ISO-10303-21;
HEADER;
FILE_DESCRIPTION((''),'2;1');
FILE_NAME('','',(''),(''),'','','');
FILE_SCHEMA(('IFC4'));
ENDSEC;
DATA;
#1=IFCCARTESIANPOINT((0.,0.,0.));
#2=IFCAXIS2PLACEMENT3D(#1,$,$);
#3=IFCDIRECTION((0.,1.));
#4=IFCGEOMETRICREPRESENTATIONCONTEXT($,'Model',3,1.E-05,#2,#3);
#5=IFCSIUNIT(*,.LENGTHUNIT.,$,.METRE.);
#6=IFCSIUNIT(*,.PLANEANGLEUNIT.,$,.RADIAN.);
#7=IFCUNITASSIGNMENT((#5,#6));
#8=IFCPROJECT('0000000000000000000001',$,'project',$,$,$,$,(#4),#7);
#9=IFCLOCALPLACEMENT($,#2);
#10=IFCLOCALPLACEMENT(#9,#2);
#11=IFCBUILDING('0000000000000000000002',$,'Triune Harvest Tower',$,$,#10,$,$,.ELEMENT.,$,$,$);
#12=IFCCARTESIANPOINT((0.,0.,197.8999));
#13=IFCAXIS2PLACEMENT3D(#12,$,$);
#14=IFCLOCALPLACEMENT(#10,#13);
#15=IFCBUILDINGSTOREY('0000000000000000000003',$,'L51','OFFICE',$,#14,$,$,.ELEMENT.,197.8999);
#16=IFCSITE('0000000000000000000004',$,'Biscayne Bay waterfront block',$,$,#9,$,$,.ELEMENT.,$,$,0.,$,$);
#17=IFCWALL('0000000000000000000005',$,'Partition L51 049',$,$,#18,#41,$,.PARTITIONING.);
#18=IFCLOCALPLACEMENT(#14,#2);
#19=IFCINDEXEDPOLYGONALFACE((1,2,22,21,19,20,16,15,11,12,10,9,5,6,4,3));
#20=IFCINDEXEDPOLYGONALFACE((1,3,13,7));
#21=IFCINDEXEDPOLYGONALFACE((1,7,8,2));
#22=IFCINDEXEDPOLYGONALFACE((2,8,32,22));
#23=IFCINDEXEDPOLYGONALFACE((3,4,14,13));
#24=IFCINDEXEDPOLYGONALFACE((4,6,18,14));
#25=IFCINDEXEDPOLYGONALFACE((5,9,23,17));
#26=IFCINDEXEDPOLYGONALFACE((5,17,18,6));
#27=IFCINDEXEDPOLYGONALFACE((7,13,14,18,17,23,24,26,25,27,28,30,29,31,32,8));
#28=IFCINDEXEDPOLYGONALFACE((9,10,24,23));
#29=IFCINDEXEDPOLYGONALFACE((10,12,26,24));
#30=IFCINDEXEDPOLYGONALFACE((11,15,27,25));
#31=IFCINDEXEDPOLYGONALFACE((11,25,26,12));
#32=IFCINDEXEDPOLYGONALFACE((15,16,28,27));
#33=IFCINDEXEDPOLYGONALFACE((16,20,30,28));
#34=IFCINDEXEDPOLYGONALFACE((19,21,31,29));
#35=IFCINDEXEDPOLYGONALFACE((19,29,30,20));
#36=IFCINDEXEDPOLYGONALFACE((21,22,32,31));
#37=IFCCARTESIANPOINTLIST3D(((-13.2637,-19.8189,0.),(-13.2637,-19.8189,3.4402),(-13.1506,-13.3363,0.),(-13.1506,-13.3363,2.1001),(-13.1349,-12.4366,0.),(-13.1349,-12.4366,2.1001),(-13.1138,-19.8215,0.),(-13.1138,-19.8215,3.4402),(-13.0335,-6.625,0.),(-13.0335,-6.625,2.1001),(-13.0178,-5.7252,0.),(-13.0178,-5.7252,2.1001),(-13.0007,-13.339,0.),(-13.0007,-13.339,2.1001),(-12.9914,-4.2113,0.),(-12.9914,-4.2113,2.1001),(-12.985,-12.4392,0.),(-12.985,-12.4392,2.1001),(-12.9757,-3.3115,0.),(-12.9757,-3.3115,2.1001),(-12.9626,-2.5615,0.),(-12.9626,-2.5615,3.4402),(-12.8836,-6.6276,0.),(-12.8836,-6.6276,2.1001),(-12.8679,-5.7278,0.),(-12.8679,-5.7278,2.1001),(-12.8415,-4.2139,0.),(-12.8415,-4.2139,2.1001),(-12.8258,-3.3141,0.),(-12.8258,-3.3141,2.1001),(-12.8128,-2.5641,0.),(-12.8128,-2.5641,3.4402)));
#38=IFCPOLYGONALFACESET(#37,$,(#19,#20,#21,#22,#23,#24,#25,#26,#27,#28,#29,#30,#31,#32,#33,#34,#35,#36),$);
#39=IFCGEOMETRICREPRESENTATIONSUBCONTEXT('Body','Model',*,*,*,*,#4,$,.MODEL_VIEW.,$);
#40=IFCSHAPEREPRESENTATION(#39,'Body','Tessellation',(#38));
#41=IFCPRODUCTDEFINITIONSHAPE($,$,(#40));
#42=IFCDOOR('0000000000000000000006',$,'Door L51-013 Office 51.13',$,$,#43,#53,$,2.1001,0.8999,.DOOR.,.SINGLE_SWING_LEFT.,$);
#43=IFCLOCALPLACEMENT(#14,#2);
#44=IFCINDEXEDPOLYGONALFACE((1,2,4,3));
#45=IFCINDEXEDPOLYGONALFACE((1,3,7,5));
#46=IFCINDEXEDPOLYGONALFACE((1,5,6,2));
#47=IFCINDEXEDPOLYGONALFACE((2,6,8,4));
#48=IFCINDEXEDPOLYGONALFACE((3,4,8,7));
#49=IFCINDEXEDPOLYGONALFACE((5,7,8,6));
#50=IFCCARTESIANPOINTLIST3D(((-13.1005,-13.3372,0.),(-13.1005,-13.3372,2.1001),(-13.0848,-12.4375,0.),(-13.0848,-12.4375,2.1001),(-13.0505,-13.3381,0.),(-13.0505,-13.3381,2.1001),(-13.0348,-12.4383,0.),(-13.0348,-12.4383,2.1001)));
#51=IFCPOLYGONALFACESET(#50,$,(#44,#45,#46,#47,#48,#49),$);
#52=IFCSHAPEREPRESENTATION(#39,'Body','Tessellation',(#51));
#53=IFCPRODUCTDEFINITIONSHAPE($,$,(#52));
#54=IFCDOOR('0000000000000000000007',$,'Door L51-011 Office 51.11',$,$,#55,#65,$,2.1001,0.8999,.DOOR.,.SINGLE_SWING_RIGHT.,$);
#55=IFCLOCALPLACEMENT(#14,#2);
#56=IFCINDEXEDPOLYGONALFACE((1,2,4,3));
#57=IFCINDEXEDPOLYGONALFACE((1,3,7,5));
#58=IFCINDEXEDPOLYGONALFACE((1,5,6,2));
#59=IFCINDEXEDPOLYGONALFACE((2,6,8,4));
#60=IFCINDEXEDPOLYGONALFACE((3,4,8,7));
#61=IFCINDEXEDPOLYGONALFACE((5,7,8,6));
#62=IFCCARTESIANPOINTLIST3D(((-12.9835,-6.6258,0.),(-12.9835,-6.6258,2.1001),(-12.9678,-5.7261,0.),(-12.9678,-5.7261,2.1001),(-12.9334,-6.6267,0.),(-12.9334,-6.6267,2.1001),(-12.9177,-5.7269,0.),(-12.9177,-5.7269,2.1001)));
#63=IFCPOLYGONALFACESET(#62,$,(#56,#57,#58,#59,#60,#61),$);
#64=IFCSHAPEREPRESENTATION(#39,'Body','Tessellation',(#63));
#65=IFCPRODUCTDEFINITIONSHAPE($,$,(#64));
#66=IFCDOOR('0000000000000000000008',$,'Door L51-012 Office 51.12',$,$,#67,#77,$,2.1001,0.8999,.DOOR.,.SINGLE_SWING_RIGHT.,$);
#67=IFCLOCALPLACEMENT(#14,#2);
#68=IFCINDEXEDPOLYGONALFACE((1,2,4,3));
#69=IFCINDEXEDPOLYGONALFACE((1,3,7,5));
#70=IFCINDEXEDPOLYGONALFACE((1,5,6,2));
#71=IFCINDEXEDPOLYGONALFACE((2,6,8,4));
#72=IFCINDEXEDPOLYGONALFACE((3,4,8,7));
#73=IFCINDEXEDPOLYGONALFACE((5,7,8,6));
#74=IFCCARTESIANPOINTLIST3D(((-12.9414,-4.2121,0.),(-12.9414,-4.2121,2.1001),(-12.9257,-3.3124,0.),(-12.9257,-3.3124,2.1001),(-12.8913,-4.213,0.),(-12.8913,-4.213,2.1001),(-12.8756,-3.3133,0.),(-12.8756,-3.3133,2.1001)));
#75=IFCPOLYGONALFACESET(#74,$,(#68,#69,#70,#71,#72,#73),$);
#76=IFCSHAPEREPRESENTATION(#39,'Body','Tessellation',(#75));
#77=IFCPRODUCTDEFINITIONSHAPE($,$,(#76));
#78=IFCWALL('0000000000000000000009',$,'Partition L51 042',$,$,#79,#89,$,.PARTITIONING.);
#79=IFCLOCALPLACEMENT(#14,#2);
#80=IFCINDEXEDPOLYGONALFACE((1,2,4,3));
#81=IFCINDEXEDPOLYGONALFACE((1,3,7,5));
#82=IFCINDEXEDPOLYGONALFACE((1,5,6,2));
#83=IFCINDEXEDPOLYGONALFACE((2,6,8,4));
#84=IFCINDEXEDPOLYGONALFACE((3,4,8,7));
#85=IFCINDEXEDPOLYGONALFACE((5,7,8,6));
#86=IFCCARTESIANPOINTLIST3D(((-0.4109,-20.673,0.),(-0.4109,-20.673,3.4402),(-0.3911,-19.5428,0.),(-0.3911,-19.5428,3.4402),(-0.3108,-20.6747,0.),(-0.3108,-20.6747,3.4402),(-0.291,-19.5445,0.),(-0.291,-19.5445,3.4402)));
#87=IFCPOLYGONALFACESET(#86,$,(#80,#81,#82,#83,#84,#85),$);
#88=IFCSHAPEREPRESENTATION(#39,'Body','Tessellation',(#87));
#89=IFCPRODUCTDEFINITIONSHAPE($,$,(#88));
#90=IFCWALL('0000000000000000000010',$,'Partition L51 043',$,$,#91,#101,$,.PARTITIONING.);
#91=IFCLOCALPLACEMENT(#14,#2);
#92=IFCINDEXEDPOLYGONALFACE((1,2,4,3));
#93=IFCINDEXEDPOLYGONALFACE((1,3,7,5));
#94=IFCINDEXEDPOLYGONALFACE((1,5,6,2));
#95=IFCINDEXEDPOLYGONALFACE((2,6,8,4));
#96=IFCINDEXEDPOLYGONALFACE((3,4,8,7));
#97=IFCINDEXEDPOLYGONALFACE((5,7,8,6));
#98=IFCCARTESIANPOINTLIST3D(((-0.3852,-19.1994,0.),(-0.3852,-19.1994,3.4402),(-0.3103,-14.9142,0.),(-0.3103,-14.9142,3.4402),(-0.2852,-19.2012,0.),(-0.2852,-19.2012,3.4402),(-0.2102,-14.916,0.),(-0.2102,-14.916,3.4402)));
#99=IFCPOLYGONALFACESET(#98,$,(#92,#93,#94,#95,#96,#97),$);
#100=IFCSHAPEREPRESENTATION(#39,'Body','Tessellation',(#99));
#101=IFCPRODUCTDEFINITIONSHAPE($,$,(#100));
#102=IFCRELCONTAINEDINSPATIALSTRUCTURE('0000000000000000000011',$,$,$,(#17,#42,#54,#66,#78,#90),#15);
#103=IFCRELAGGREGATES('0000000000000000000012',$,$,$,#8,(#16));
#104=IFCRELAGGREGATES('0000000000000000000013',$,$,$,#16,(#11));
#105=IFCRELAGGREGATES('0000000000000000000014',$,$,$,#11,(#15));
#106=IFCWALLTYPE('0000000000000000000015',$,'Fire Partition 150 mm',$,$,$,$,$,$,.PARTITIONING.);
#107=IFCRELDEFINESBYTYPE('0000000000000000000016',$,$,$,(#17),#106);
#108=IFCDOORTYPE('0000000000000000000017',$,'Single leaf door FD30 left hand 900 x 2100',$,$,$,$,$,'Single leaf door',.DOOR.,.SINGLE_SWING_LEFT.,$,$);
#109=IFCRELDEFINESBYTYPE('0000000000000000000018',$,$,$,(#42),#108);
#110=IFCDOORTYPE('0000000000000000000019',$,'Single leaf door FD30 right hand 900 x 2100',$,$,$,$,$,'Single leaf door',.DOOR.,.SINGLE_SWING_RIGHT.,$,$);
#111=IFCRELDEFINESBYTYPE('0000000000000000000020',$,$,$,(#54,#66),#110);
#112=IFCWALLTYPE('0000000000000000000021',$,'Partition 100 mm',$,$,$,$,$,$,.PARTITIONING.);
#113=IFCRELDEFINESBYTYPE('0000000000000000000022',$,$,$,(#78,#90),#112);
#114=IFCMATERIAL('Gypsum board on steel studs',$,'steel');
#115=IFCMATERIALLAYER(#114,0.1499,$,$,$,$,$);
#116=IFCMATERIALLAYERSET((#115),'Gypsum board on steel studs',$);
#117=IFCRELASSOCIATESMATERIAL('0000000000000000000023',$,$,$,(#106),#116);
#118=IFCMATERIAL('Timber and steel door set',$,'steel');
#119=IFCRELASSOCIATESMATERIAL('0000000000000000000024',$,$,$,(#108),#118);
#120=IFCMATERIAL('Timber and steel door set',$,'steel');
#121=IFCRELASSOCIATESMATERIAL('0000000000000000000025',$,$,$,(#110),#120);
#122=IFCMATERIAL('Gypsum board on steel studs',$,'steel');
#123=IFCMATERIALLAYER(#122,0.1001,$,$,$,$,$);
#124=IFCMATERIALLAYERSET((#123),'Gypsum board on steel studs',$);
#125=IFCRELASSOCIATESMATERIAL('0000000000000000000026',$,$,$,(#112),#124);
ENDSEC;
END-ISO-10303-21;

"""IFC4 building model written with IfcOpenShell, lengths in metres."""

from ifc_helpers import new_model, si_unit, direction, frame, frame_2d, origin, place, context, subcontext, project, spatial, rectangle, extrude, source, transform, mapped, material, layer, layer_set, type_object, element, fill, save


model = new_model("IFC4")

# Units and contexts
model_context = context("Model", 3, precision=1e-05, world=origin(), true_north=direction((0.0, 1.0)))
body_context = subcontext(model_context, "Body", "Model", "MODEL_VIEW")
ifc_project = project(units=[si_unit("LENGTHUNIT", "METRE"), si_unit("PLANEANGLEUNIT", "RADIAN")], contexts=[model_context])

# Site, building, storey
site_placement = place(None, origin())
site = spatial("IfcSite", under=ifc_project, at=site_placement, Name="Biscayne Bay waterfront block", CompositionType="ELEMENT", RefElevation=0.0)
building_placement = place(site_placement, origin())
building = spatial("IfcBuilding", under=site, at=building_placement, Name="Triune Harvest Tower", CompositionType="ELEMENT")
storey_placement = place(building_placement, frame((0.0, 0.0, 197.8999)))
storey = spatial("IfcBuildingStorey", under=building, at=storey_placement, Name="L51", Description="OFFICE", CompositionType="ELEMENT", Elevation=197.8999)

# Shared definitions
ifc_material_1 = material(Name="Gypsum board on steel studs", Category="steel")
ifc_layer_1 = layer(ifc_material_1, 0.1499)
ifc_layer_set_1 = layer_set([ifc_layer_1], Name="Gypsum board on steel studs")
wall_type_1 = type_object("IfcWallType", Name="Fire Partition 150 mm", PredefinedType="PARTITIONING", material=ifc_layer_set_1)

# Shared definitions
ifc_material_2 = material(Name="Timber and steel door set", Category="steel")
door_type_1 = type_object("IfcDoorType", Name="Single leaf door FD30 left hand 900 x 2100", ElementType="Single leaf door", OperationType="SINGLE_SWING_LEFT", PredefinedType="DOOR", material=ifc_material_2)
ifc_material_3 = material(Name="Timber and steel door set", Category="steel")
door_type_2 = type_object("IfcDoorType", Name="Single leaf door FD30 right hand 900 x 2100", ElementType="Single leaf door", OperationType="SINGLE_SWING_RIGHT", PredefinedType="DOOR", material=ifc_material_3)

# Wall, openings, doors
wall_1_placement = place(storey_placement, frame((-13.1887, -19.8201, 0.0), z_axis=(0.0, 0.0, 1.0), x_axis=(0.017441, 0.999848, 0.0)))
wall_1 = element("IfcWall", 1, at=wall_1_placement, inside=storey, type_object=wall_type_1, Name="Partition L51 049", PredefinedType="PARTITIONING", context=body_context, shape_type="SweptSolid", body=[
    extrude(rectangle(XDim=17.26, YDim=0.1499, at=frame_2d((8.6299, 0.0))), origin(), (0.0, 0.0, 1.0), 3.4402),
])
opening_1_placement = place(wall_1_placement, frame((13.1958, 0.0, 0.0)))
opening_1 = element("IfcOpeningElement", 2, at=opening_1_placement, cuts=wall_1, PredefinedType="OPENING", context=body_context, shape_type="SweptSolid", body=[
    extrude(rectangle(XDim=0.8999, YDim=2.1001, at=frame_2d((0.45, 1.05))), frame((0.0, 0.085, 0.0), z_axis=(0.0, -1.0, 0.0), x_axis=(1.0, 0.0, 0.0)), (0.0, 0.0, 1.0), 0.1699),
])
opening_2_placement = place(wall_1_placement, frame((15.6099, 0.0, 0.0)))
opening_2 = element("IfcOpeningElement", 3, at=opening_2_placement, cuts=wall_1, PredefinedType="OPENING", context=body_context, shape_type="SweptSolid", body=[
    extrude(rectangle(XDim=0.8999, YDim=2.1001, at=frame_2d((0.45, 1.05))), frame((0.0, 0.085, 0.0), z_axis=(0.0, -1.0, 0.0), x_axis=(1.0, 0.0, 0.0)), (0.0, 0.0, 1.0), 0.1699),
])
opening_3_placement = place(wall_1_placement, frame((6.4834, 0.0, 0.0)))
opening_3 = element("IfcOpeningElement", 4, at=opening_3_placement, cuts=wall_1, PredefinedType="OPENING", context=body_context, shape_type="SweptSolid", body=[
    extrude(rectangle(XDim=0.8999, YDim=2.1001, at=frame_2d((0.45, 1.05))), frame((0.0, 0.085, 0.0), z_axis=(0.0, -1.0, 0.0), x_axis=(1.0, 0.0, 0.0)), (0.0, 0.0, 1.0), 0.1699),
])
door_1_placement = place(opening_3_placement, origin())
door_1 = element("IfcDoor", 5, at=door_1_placement, inside=storey, type_object=door_type_1, Name="Door L51-013 Office 51.13", OperationType="SINGLE_SWING_LEFT", OverallHeight=2.1001, OverallWidth=0.8999, PredefinedType="DOOR", context=body_context, shape_type="SweptSolid", body=[
    extrude(rectangle(XDim=0.8999, YDim=2.1001, at=frame_2d((0.45, 1.05))), frame((0.0, 0.0249, 0.0), z_axis=(0.0, -1.0, 0.0), x_axis=(1.0, 0.0, 0.0)), (0.0, 0.0, 1.0), 0.05),
])
fill(opening_3, door_1)
door_2_placement = place(opening_1_placement, origin())
door_2 = element("IfcDoor", 6, at=door_2_placement, inside=storey, type_object=door_type_2, Name="Door L51-011 Office 51.11", OperationType="SINGLE_SWING_RIGHT", OverallHeight=2.1001, OverallWidth=0.8999, PredefinedType="DOOR", context=body_context, shape_type="SweptSolid", body=[
    extrude(rectangle(XDim=0.8999, YDim=2.1001, at=frame_2d((0.45, 1.05))), frame((0.0, 0.0249, 0.0), z_axis=(0.0, -1.0, 0.0), x_axis=(1.0, 0.0, 0.0)), (0.0, 0.0, 1.0), 0.05),
])
fill(opening_1, door_2)
door_3_placement = place(opening_2_placement, origin())
door_3 = element("IfcDoor", 7, at=door_3_placement, inside=storey, type_object=door_type_2, Name="Door L51-012 Office 51.12", OperationType="SINGLE_SWING_RIGHT", OverallHeight=2.1001, OverallWidth=0.8999, PredefinedType="DOOR", context=body_context, shape_type="SweptSolid", body=[
    extrude(rectangle(XDim=0.8999, YDim=2.1001, at=frame_2d((0.45, 1.05))), frame((0.0, 0.0249, 0.0), z_axis=(0.0, -1.0, 0.0), x_axis=(1.0, 0.0, 0.0)), (0.0, 0.0, 1.0), 0.05),
])
fill(opening_2, door_3)

# Walls
ifc_material_4 = material(Name="Gypsum board on steel studs", Category="steel")
ifc_layer_2 = layer(ifc_material_4, 0.1001)
ifc_layer_set_2 = layer_set([ifc_layer_2], Name="Gypsum board on steel studs")
wall_type_2 = type_object("IfcWallType", Name="Partition 100 mm", PredefinedType="PARTITIONING", material=ifc_layer_set_2)
shared_shape_1 = source(origin(), body_context, "Body", "SweptSolid", [
    extrude(rectangle(XDim=1.1304, YDim=0.1001, at=frame_2d((0.5652, 0.0))), origin(), (0.0, 0.0, 1.0), 3.4402),
])
wall_2_placement = place(storey_placement, frame((-0.3608, -20.6738, 0.0), z_axis=(0.0, 0.0, 1.0), x_axis=(0.017496, 0.999847, 0.0)))
element("IfcWall", 8, at=wall_2_placement, inside=storey, type_object=wall_type_2, Name="Partition L51 042", PredefinedType="PARTITIONING", context=body_context, shape_type="MappedRepresentation", body=[
    mapped(shared_shape_1, transform((0.0, 0.0, 0.0), scale=1.0)),
])
shared_shape_2 = source(origin(), body_context, "Body", "SweptSolid", [
    extrude(rectangle(XDim=4.2859, YDim=0.1001, at=frame_2d((2.1431, 0.0))), origin(), (0.0, 0.0, 1.0), 3.4402),
])
wall_3_placement = place(storey_placement, frame((-0.3352, -19.2004, 0.0), z_axis=(0.0, 0.0, 1.0), x_axis=(0.017488, 0.999847, 0.0)))
element("IfcWall", 9, at=wall_3_placement, inside=storey, type_object=wall_type_2, Name="Partition L51 043", PredefinedType="PARTITIONING", context=body_context, shape_type="MappedRepresentation", body=[
    mapped(shared_shape_2, transform((0.0, 0.0, 0.0), scale=1.0)),
])

save(model, "model.ifc")
